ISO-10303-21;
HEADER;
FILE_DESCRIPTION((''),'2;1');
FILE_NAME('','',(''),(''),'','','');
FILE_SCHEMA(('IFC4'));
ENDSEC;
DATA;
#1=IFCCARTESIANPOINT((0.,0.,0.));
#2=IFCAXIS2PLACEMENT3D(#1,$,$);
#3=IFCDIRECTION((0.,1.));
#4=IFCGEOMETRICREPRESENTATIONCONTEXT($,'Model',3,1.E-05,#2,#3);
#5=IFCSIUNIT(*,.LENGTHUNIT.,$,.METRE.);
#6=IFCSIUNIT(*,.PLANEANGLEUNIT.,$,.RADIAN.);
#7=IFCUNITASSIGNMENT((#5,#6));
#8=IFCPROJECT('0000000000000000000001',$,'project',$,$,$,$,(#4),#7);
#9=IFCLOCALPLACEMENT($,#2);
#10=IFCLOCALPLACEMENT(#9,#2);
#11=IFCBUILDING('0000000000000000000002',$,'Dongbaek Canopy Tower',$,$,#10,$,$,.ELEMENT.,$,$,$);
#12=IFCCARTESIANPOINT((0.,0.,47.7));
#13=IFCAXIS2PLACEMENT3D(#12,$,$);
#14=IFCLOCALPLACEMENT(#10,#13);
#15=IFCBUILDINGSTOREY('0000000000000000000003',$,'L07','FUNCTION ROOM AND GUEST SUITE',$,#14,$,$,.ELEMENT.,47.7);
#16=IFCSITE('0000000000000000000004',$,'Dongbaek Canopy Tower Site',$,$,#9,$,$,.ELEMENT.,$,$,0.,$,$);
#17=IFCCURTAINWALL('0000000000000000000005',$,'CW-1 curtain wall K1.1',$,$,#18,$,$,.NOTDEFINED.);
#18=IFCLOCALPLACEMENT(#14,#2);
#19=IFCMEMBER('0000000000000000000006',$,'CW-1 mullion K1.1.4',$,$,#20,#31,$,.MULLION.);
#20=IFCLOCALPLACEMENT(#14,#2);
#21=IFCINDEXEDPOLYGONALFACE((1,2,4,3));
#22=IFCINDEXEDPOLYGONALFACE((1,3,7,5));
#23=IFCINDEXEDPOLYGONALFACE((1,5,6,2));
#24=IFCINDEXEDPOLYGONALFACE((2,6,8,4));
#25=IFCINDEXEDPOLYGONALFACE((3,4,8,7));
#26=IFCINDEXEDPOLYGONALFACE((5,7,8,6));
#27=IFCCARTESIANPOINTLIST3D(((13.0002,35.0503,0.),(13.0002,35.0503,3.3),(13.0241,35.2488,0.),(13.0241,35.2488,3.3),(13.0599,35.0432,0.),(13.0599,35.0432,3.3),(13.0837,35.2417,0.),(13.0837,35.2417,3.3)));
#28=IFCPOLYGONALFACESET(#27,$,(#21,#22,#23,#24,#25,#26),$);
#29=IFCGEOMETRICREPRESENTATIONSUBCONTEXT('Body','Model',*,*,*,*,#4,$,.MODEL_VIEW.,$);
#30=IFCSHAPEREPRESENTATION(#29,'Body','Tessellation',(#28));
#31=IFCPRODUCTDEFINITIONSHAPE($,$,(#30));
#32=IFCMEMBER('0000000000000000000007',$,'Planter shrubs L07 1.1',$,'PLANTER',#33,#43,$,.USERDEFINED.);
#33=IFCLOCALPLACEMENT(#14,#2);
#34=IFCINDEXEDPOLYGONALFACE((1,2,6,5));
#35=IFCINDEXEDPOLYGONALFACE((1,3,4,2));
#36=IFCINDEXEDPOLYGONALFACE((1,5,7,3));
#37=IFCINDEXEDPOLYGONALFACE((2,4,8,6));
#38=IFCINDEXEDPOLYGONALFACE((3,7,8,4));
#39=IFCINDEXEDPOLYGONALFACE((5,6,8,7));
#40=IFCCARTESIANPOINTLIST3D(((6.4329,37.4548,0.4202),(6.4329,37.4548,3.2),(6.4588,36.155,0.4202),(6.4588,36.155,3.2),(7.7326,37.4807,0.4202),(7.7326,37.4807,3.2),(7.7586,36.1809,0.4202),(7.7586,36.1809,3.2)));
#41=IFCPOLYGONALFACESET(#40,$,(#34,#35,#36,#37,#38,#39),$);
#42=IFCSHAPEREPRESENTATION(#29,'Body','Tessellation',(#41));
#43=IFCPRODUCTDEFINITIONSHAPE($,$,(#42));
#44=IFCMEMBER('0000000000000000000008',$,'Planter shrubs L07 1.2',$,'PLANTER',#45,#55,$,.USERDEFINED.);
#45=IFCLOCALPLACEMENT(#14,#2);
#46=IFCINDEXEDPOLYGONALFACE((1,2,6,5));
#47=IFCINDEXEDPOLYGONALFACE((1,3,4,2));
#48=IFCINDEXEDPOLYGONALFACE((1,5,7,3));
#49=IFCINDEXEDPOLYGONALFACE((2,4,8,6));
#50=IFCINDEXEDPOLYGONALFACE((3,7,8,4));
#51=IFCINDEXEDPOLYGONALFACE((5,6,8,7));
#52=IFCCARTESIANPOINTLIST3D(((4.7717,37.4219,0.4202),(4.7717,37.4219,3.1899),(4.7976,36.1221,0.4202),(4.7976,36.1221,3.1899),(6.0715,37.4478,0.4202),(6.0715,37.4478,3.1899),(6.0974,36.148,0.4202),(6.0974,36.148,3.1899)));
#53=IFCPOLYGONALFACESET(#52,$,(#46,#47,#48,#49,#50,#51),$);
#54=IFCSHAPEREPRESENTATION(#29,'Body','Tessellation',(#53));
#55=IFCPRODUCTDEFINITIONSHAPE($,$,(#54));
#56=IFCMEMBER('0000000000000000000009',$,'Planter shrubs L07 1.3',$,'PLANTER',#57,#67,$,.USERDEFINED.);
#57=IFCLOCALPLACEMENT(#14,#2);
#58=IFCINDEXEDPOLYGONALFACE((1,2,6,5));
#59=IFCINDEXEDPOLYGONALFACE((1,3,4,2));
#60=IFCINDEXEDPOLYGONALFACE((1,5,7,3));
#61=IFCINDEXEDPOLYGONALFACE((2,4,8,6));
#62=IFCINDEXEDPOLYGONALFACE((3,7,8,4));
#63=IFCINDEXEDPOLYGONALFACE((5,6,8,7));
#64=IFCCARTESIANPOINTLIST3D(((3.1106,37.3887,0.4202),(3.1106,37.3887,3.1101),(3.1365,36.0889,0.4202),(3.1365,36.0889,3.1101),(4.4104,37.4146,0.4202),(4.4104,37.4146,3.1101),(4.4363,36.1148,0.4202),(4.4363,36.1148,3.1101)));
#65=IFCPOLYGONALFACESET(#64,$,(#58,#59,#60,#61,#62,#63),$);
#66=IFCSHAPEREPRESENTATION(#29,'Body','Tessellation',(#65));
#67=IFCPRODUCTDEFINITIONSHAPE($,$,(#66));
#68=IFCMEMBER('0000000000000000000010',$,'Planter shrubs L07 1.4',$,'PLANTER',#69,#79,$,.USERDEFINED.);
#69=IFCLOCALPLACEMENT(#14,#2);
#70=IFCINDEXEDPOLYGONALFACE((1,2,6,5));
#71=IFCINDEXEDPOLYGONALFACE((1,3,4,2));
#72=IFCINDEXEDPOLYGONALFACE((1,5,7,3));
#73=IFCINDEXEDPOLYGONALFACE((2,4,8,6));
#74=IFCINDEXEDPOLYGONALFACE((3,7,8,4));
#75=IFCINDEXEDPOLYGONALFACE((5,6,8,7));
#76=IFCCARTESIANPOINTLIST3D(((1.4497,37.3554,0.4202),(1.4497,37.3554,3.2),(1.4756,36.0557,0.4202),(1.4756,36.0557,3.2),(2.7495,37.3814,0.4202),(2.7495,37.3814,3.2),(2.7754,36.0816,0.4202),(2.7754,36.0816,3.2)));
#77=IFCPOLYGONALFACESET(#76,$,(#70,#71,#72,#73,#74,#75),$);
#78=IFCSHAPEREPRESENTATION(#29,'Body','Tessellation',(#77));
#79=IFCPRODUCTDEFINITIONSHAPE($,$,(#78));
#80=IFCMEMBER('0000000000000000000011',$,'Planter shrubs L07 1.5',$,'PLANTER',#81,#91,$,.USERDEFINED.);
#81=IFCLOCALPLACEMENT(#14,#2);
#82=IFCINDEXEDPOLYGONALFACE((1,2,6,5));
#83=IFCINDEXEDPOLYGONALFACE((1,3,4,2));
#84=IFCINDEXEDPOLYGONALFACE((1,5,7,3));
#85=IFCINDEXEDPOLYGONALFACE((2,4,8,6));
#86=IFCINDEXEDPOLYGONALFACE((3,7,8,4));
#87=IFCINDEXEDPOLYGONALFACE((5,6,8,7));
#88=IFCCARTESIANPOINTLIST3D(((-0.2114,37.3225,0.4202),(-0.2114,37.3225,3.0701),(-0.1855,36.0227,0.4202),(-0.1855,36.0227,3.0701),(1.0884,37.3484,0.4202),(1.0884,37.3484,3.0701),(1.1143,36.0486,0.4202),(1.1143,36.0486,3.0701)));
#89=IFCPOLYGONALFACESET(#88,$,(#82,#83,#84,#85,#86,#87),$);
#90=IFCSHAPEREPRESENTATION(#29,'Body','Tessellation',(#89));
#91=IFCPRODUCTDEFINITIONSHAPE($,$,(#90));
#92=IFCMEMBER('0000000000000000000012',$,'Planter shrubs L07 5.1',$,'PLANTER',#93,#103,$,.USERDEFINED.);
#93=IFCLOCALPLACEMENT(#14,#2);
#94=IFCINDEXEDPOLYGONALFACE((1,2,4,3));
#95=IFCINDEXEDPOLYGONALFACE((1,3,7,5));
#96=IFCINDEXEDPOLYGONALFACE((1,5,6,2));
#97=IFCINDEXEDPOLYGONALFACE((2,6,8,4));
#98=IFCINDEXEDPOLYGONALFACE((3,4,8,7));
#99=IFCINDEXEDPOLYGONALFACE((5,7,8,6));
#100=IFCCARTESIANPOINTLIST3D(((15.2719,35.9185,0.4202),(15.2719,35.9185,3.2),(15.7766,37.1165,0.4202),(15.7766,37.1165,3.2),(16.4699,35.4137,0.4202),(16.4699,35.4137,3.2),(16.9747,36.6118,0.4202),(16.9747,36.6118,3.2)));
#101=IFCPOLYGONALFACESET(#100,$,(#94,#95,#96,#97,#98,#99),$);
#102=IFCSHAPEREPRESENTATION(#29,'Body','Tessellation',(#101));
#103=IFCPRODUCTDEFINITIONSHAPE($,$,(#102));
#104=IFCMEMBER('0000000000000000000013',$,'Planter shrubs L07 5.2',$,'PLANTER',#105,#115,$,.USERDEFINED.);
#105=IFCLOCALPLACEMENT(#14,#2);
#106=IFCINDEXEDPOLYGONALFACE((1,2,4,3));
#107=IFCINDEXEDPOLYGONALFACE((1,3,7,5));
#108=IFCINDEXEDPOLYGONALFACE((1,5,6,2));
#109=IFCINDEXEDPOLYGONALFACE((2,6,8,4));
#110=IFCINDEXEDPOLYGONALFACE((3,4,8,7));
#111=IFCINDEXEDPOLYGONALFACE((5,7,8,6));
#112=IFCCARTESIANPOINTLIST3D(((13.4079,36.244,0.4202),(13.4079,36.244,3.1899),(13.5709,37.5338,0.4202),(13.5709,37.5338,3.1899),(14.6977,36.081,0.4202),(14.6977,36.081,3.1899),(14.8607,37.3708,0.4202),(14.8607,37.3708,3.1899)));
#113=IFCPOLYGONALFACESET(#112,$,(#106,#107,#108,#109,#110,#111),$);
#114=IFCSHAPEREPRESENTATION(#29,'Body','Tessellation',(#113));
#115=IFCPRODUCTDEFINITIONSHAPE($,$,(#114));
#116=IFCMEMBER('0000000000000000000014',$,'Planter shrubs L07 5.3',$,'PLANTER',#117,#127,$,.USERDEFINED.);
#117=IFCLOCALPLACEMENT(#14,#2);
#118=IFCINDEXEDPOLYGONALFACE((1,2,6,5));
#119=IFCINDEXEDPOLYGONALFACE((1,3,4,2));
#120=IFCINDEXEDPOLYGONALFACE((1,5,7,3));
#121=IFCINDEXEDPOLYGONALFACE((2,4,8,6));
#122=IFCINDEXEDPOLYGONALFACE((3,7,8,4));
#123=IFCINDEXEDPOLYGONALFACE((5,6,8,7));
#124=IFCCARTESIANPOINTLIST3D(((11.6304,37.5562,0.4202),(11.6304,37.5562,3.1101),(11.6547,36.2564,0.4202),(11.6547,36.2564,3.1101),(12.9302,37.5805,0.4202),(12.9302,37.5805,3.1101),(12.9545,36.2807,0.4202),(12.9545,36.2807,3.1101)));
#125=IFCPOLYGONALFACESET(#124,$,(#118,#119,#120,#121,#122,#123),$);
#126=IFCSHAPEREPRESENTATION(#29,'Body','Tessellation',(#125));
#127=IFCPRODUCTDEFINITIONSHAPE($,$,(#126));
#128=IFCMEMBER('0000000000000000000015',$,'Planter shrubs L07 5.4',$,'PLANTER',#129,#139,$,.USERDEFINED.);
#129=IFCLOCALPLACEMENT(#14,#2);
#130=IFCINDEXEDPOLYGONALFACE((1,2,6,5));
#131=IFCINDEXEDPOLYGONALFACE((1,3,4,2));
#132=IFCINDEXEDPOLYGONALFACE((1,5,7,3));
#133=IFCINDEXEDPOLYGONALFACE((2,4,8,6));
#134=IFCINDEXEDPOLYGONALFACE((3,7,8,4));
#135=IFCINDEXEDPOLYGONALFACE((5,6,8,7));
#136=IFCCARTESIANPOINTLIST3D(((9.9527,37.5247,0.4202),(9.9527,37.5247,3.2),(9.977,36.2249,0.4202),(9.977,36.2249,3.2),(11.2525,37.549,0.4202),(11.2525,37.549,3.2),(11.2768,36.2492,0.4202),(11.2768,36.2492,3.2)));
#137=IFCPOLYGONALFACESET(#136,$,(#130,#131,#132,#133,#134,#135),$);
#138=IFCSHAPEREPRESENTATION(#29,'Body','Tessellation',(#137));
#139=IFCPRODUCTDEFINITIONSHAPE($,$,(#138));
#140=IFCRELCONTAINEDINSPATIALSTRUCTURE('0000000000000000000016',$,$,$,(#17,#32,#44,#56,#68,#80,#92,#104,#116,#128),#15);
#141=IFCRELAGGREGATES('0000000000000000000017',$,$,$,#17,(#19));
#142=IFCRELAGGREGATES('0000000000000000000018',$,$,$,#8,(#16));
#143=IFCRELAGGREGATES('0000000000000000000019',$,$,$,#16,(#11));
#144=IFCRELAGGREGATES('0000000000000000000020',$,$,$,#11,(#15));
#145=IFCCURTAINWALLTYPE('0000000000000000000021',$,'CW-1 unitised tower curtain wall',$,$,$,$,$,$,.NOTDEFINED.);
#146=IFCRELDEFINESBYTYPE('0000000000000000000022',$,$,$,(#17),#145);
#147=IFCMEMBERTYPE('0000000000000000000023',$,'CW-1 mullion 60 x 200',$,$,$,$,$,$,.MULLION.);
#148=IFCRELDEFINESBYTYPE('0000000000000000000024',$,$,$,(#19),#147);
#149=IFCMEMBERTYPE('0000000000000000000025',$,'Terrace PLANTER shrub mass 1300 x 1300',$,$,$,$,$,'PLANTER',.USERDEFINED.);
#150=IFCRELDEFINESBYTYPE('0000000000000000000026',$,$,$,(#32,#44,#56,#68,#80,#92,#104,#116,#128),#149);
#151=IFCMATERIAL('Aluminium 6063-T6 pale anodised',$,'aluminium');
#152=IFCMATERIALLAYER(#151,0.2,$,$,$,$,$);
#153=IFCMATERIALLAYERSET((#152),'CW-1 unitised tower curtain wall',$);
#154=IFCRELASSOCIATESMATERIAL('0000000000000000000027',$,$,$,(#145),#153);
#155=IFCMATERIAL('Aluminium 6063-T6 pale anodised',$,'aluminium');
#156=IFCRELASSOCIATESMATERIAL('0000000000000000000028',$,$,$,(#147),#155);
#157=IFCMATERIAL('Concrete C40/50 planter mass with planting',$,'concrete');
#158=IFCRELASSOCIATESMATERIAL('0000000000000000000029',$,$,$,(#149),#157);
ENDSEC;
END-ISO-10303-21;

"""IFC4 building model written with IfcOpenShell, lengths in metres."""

from ifc_helpers import new_model, si_unit, direction, frame, origin, origin_2d, place, context, subcontext, project, spatial, rectangle, extrude, material, layer, layer_set, material_profile, profile_set, type_object, element, aggregate, save


model = new_model("IFC4")

# Units and contexts
model_context = context("Model", 3, precision=1e-05, world=origin(), true_north=direction((0.0, 1.0)))
body_context = subcontext(model_context, "Body", "Model", "MODEL_VIEW")
ifc_project = project(units=[si_unit("LENGTHUNIT", "METRE"), si_unit("PLANEANGLEUNIT", "RADIAN")], contexts=[model_context])

# Site, building, storey
site_placement = place(None, origin())
site = spatial("IfcSite", under=ifc_project, at=site_placement, Name="Dongbaek Canopy Tower Site", CompositionType="ELEMENT", RefElevation=0.0)
building_placement = place(site_placement, origin())
building = spatial("IfcBuilding", under=site, at=building_placement, Name="Dongbaek Canopy Tower", CompositionType="ELEMENT")
storey_placement = place(building_placement, frame((0.0, 0.0, 47.7)))
storey = spatial("IfcBuildingStorey", under=building, at=storey_placement, Name="L07", Description="FUNCTION ROOM AND GUEST SUITE", CompositionType="ELEMENT", Elevation=47.7)

# Curtain wall, member
ifc_material_1 = material(Name="Aluminium 6063-T6 pale anodised", Category="aluminium")
ifc_layer_1 = layer(ifc_material_1, 0.2)
ifc_layer_set_1 = layer_set([ifc_layer_1], Name="CW-1 unitised tower curtain wall")
curtain_wall_type = type_object("IfcCurtainWallType", Name="CW-1 unitised tower curtain wall", PredefinedType="NOTDEFINED", material=ifc_layer_set_1)
curtain_wall_placement = place(storey_placement, origin())
curtain_wall = element("IfcCurtainWall", 1, at=curtain_wall_placement, inside=storey, type_object=curtain_wall_type, Name="CW-1 curtain wall K1.1", PredefinedType="NOTDEFINED")
ifc_material_2 = material(Name="Aluminium 6063-T6 pale anodised", Category="aluminium")
ifc_material_profile_1 = material_profile(ifc_material_2, rectangle(XDim=0.2, YDim=0.0601, at=origin_2d()), Name="CW-1 mullion 60 x 200")
ifc_profile_set_1 = profile_set([ifc_material_profile_1], Name="Aluminium 6063-T6 pale anodised")
member_type_1 = type_object("IfcMemberType", Name="CW-1 mullion 60 x 200", PredefinedType="MULLION", material=ifc_profile_set_1)
member_1_placement = place(storey_placement, frame((13.042, 35.146, 0.0), z_axis=(0.0, 0.0, 1.0), x_axis=(0.119342, 0.992853, 0.0)))
member_1 = element("IfcMember", 2, at=member_1_placement, type_object=member_type_1, Name="CW-1 mullion K1.1.4", PredefinedType="MULLION", context=body_context, shape_type="SweptSolid", body=[
    extrude(rectangle(XDim=0.2, YDim=0.0601, at=origin_2d()), origin(), (0.0, 0.0, 1.0), 3.3),
])
aggregate(curtain_wall, [member_1])

# Members
ifc_material_3 = material(Name="Concrete C40/50 planter mass with planting", Category="concrete")
ifc_material_profile_2 = material_profile(ifc_material_3, rectangle(XDim=1.3, YDim=1.3, at=origin_2d()), Name="Terrace PLANTER shrub mass 1300 x 1300")
ifc_profile_set_2 = profile_set([ifc_material_profile_2], Name="Concrete C40/50 planter mass with planting")
member_type_2 = type_object("IfcMemberType", Name="Terrace PLANTER shrub mass 1300 x 1300", ElementType="PLANTER", PredefinedType="USERDEFINED", material=ifc_profile_set_2)
member_2_placement = place(storey_placement, frame((7.0957, 36.8179, 0.4202), z_axis=(0.0, 0.0, 1.0), x_axis=(-0.019926, 0.999801, 0.0)))
element("IfcMember", 3, at=member_2_placement, inside=storey, type_object=member_type_2, Name="Planter shrubs L07 1.1", ObjectType="PLANTER", PredefinedType="USERDEFINED", context=body_context, shape_type="SweptSolid", body=[
    extrude(rectangle(XDim=1.3, YDim=1.3, at=origin_2d()), origin(), (0.0, 0.0, 1.0), 2.7798),
])
member_3_placement = place(storey_placement, frame((5.4346, 36.7849, 0.4202), z_axis=(0.0, 0.0, 1.0), x_axis=(-0.019926, 0.999801, 0.0)))
element("IfcMember", 4, at=member_3_placement, inside=storey, type_object=member_type_2, Name="Planter shrubs L07 1.2", ObjectType="PLANTER", PredefinedType="USERDEFINED", context=body_context, shape_type="SweptSolid", body=[
    extrude(rectangle(XDim=1.3, YDim=1.3, at=origin_2d()), origin(), (0.0, 0.0, 1.0), 2.7698),
])
member_4_placement = place(storey_placement, frame((3.7734, 36.7517, 0.4202), z_axis=(0.0, 0.0, 1.0), x_axis=(-0.019926, 0.999801, 0.0)))
element("IfcMember", 5, at=member_4_placement, inside=storey, type_object=member_type_2, Name="Planter shrubs L07 1.3", ObjectType="PLANTER", PredefinedType="USERDEFINED", context=body_context, shape_type="SweptSolid", body=[
    extrude(rectangle(XDim=1.3, YDim=1.3, at=origin_2d()), origin(), (0.0, 0.0, 1.0), 2.6899),
])
member_5_placement = place(storey_placement, frame((2.1125, 36.7185, 0.4202), z_axis=(0.0, 0.0, 1.0), x_axis=(-0.019926, 0.999801, 0.0)))
element("IfcMember", 6, at=member_5_placement, inside=storey, type_object=member_type_2, Name="Planter shrubs L07 1.4", ObjectType="PLANTER", PredefinedType="USERDEFINED", context=body_context, shape_type="SweptSolid", body=[
    extrude(rectangle(XDim=1.3, YDim=1.3, at=origin_2d()), origin(), (0.0, 0.0, 1.0), 2.7798),
])
member_6_placement = place(storey_placement, frame((0.4514, 36.6855, 0.4202), z_axis=(0.0, 0.0, 1.0), x_axis=(-0.019926, 0.999801, 0.0)))
element("IfcMember", 7, at=member_6_placement, inside=storey, type_object=member_type_2, Name="Planter shrubs L07 1.5", ObjectType="PLANTER", PredefinedType="USERDEFINED", context=body_context, shape_type="SweptSolid", body=[
    extrude(rectangle(XDim=1.3, YDim=1.3, at=origin_2d()), origin(), (0.0, 0.0, 1.0), 2.6499),
])
member_7_placement = place(storey_placement, frame((16.1233, 36.2651, 0.4202), z_axis=(0.0, 0.0, 1.0), x_axis=(0.388254, 0.921552, 0.0)))
element("IfcMember", 8, at=member_7_placement, inside=storey, type_object=member_type_2, Name="Planter shrubs L07 5.1", ObjectType="PLANTER", PredefinedType="USERDEFINED", context=body_context, shape_type="SweptSolid", body=[
    extrude(rectangle(XDim=1.3, YDim=1.3, at=origin_2d()), origin(), (0.0, 0.0, 1.0), 2.7798),
])
member_8_placement = place(storey_placement, frame((14.1343, 36.8074, 0.4202), z_axis=(0.0, 0.0, 1.0), x_axis=(0.125388, 0.992108, 0.0)))
element("IfcMember", 9, at=member_8_placement, inside=storey, type_object=member_type_2, Name="Planter shrubs L07 5.2", ObjectType="PLANTER", PredefinedType="USERDEFINED", context=body_context, shape_type="SweptSolid", body=[
    extrude(rectangle(XDim=1.3, YDim=1.3, at=origin_2d()), origin(), (0.0, 0.0, 1.0), 2.7698),
])
member_9_placement = place(storey_placement, frame((12.2925, 36.9185, 0.4202), z_axis=(0.0, 0.0, 1.0), x_axis=(-0.018701, 0.999825, 0.0)))
element("IfcMember", 10, at=member_9_placement, inside=storey, type_object=member_type_2, Name="Planter shrubs L07 5.3", ObjectType="PLANTER", PredefinedType="USERDEFINED", context=body_context, shape_type="SweptSolid", body=[
    extrude(rectangle(XDim=1.3, YDim=1.3, at=origin_2d()), origin(), (0.0, 0.0, 1.0), 2.6899),
])
member_10_placement = place(storey_placement, frame((10.6147, 36.887, 0.4202), z_axis=(0.0, 0.0, 1.0), x_axis=(-0.018701, 0.999825, 0.0)))
element("IfcMember", 11, at=member_10_placement, inside=storey, type_object=member_type_2, Name="Planter shrubs L07 5.4", ObjectType="PLANTER", PredefinedType="USERDEFINED", context=body_context, shape_type="SweptSolid", body=[
    extrude(rectangle(XDim=1.3, YDim=1.3, at=origin_2d()), origin(), (0.0, 0.0, 1.0), 2.7798),
])

save(model, "model.ifc")
